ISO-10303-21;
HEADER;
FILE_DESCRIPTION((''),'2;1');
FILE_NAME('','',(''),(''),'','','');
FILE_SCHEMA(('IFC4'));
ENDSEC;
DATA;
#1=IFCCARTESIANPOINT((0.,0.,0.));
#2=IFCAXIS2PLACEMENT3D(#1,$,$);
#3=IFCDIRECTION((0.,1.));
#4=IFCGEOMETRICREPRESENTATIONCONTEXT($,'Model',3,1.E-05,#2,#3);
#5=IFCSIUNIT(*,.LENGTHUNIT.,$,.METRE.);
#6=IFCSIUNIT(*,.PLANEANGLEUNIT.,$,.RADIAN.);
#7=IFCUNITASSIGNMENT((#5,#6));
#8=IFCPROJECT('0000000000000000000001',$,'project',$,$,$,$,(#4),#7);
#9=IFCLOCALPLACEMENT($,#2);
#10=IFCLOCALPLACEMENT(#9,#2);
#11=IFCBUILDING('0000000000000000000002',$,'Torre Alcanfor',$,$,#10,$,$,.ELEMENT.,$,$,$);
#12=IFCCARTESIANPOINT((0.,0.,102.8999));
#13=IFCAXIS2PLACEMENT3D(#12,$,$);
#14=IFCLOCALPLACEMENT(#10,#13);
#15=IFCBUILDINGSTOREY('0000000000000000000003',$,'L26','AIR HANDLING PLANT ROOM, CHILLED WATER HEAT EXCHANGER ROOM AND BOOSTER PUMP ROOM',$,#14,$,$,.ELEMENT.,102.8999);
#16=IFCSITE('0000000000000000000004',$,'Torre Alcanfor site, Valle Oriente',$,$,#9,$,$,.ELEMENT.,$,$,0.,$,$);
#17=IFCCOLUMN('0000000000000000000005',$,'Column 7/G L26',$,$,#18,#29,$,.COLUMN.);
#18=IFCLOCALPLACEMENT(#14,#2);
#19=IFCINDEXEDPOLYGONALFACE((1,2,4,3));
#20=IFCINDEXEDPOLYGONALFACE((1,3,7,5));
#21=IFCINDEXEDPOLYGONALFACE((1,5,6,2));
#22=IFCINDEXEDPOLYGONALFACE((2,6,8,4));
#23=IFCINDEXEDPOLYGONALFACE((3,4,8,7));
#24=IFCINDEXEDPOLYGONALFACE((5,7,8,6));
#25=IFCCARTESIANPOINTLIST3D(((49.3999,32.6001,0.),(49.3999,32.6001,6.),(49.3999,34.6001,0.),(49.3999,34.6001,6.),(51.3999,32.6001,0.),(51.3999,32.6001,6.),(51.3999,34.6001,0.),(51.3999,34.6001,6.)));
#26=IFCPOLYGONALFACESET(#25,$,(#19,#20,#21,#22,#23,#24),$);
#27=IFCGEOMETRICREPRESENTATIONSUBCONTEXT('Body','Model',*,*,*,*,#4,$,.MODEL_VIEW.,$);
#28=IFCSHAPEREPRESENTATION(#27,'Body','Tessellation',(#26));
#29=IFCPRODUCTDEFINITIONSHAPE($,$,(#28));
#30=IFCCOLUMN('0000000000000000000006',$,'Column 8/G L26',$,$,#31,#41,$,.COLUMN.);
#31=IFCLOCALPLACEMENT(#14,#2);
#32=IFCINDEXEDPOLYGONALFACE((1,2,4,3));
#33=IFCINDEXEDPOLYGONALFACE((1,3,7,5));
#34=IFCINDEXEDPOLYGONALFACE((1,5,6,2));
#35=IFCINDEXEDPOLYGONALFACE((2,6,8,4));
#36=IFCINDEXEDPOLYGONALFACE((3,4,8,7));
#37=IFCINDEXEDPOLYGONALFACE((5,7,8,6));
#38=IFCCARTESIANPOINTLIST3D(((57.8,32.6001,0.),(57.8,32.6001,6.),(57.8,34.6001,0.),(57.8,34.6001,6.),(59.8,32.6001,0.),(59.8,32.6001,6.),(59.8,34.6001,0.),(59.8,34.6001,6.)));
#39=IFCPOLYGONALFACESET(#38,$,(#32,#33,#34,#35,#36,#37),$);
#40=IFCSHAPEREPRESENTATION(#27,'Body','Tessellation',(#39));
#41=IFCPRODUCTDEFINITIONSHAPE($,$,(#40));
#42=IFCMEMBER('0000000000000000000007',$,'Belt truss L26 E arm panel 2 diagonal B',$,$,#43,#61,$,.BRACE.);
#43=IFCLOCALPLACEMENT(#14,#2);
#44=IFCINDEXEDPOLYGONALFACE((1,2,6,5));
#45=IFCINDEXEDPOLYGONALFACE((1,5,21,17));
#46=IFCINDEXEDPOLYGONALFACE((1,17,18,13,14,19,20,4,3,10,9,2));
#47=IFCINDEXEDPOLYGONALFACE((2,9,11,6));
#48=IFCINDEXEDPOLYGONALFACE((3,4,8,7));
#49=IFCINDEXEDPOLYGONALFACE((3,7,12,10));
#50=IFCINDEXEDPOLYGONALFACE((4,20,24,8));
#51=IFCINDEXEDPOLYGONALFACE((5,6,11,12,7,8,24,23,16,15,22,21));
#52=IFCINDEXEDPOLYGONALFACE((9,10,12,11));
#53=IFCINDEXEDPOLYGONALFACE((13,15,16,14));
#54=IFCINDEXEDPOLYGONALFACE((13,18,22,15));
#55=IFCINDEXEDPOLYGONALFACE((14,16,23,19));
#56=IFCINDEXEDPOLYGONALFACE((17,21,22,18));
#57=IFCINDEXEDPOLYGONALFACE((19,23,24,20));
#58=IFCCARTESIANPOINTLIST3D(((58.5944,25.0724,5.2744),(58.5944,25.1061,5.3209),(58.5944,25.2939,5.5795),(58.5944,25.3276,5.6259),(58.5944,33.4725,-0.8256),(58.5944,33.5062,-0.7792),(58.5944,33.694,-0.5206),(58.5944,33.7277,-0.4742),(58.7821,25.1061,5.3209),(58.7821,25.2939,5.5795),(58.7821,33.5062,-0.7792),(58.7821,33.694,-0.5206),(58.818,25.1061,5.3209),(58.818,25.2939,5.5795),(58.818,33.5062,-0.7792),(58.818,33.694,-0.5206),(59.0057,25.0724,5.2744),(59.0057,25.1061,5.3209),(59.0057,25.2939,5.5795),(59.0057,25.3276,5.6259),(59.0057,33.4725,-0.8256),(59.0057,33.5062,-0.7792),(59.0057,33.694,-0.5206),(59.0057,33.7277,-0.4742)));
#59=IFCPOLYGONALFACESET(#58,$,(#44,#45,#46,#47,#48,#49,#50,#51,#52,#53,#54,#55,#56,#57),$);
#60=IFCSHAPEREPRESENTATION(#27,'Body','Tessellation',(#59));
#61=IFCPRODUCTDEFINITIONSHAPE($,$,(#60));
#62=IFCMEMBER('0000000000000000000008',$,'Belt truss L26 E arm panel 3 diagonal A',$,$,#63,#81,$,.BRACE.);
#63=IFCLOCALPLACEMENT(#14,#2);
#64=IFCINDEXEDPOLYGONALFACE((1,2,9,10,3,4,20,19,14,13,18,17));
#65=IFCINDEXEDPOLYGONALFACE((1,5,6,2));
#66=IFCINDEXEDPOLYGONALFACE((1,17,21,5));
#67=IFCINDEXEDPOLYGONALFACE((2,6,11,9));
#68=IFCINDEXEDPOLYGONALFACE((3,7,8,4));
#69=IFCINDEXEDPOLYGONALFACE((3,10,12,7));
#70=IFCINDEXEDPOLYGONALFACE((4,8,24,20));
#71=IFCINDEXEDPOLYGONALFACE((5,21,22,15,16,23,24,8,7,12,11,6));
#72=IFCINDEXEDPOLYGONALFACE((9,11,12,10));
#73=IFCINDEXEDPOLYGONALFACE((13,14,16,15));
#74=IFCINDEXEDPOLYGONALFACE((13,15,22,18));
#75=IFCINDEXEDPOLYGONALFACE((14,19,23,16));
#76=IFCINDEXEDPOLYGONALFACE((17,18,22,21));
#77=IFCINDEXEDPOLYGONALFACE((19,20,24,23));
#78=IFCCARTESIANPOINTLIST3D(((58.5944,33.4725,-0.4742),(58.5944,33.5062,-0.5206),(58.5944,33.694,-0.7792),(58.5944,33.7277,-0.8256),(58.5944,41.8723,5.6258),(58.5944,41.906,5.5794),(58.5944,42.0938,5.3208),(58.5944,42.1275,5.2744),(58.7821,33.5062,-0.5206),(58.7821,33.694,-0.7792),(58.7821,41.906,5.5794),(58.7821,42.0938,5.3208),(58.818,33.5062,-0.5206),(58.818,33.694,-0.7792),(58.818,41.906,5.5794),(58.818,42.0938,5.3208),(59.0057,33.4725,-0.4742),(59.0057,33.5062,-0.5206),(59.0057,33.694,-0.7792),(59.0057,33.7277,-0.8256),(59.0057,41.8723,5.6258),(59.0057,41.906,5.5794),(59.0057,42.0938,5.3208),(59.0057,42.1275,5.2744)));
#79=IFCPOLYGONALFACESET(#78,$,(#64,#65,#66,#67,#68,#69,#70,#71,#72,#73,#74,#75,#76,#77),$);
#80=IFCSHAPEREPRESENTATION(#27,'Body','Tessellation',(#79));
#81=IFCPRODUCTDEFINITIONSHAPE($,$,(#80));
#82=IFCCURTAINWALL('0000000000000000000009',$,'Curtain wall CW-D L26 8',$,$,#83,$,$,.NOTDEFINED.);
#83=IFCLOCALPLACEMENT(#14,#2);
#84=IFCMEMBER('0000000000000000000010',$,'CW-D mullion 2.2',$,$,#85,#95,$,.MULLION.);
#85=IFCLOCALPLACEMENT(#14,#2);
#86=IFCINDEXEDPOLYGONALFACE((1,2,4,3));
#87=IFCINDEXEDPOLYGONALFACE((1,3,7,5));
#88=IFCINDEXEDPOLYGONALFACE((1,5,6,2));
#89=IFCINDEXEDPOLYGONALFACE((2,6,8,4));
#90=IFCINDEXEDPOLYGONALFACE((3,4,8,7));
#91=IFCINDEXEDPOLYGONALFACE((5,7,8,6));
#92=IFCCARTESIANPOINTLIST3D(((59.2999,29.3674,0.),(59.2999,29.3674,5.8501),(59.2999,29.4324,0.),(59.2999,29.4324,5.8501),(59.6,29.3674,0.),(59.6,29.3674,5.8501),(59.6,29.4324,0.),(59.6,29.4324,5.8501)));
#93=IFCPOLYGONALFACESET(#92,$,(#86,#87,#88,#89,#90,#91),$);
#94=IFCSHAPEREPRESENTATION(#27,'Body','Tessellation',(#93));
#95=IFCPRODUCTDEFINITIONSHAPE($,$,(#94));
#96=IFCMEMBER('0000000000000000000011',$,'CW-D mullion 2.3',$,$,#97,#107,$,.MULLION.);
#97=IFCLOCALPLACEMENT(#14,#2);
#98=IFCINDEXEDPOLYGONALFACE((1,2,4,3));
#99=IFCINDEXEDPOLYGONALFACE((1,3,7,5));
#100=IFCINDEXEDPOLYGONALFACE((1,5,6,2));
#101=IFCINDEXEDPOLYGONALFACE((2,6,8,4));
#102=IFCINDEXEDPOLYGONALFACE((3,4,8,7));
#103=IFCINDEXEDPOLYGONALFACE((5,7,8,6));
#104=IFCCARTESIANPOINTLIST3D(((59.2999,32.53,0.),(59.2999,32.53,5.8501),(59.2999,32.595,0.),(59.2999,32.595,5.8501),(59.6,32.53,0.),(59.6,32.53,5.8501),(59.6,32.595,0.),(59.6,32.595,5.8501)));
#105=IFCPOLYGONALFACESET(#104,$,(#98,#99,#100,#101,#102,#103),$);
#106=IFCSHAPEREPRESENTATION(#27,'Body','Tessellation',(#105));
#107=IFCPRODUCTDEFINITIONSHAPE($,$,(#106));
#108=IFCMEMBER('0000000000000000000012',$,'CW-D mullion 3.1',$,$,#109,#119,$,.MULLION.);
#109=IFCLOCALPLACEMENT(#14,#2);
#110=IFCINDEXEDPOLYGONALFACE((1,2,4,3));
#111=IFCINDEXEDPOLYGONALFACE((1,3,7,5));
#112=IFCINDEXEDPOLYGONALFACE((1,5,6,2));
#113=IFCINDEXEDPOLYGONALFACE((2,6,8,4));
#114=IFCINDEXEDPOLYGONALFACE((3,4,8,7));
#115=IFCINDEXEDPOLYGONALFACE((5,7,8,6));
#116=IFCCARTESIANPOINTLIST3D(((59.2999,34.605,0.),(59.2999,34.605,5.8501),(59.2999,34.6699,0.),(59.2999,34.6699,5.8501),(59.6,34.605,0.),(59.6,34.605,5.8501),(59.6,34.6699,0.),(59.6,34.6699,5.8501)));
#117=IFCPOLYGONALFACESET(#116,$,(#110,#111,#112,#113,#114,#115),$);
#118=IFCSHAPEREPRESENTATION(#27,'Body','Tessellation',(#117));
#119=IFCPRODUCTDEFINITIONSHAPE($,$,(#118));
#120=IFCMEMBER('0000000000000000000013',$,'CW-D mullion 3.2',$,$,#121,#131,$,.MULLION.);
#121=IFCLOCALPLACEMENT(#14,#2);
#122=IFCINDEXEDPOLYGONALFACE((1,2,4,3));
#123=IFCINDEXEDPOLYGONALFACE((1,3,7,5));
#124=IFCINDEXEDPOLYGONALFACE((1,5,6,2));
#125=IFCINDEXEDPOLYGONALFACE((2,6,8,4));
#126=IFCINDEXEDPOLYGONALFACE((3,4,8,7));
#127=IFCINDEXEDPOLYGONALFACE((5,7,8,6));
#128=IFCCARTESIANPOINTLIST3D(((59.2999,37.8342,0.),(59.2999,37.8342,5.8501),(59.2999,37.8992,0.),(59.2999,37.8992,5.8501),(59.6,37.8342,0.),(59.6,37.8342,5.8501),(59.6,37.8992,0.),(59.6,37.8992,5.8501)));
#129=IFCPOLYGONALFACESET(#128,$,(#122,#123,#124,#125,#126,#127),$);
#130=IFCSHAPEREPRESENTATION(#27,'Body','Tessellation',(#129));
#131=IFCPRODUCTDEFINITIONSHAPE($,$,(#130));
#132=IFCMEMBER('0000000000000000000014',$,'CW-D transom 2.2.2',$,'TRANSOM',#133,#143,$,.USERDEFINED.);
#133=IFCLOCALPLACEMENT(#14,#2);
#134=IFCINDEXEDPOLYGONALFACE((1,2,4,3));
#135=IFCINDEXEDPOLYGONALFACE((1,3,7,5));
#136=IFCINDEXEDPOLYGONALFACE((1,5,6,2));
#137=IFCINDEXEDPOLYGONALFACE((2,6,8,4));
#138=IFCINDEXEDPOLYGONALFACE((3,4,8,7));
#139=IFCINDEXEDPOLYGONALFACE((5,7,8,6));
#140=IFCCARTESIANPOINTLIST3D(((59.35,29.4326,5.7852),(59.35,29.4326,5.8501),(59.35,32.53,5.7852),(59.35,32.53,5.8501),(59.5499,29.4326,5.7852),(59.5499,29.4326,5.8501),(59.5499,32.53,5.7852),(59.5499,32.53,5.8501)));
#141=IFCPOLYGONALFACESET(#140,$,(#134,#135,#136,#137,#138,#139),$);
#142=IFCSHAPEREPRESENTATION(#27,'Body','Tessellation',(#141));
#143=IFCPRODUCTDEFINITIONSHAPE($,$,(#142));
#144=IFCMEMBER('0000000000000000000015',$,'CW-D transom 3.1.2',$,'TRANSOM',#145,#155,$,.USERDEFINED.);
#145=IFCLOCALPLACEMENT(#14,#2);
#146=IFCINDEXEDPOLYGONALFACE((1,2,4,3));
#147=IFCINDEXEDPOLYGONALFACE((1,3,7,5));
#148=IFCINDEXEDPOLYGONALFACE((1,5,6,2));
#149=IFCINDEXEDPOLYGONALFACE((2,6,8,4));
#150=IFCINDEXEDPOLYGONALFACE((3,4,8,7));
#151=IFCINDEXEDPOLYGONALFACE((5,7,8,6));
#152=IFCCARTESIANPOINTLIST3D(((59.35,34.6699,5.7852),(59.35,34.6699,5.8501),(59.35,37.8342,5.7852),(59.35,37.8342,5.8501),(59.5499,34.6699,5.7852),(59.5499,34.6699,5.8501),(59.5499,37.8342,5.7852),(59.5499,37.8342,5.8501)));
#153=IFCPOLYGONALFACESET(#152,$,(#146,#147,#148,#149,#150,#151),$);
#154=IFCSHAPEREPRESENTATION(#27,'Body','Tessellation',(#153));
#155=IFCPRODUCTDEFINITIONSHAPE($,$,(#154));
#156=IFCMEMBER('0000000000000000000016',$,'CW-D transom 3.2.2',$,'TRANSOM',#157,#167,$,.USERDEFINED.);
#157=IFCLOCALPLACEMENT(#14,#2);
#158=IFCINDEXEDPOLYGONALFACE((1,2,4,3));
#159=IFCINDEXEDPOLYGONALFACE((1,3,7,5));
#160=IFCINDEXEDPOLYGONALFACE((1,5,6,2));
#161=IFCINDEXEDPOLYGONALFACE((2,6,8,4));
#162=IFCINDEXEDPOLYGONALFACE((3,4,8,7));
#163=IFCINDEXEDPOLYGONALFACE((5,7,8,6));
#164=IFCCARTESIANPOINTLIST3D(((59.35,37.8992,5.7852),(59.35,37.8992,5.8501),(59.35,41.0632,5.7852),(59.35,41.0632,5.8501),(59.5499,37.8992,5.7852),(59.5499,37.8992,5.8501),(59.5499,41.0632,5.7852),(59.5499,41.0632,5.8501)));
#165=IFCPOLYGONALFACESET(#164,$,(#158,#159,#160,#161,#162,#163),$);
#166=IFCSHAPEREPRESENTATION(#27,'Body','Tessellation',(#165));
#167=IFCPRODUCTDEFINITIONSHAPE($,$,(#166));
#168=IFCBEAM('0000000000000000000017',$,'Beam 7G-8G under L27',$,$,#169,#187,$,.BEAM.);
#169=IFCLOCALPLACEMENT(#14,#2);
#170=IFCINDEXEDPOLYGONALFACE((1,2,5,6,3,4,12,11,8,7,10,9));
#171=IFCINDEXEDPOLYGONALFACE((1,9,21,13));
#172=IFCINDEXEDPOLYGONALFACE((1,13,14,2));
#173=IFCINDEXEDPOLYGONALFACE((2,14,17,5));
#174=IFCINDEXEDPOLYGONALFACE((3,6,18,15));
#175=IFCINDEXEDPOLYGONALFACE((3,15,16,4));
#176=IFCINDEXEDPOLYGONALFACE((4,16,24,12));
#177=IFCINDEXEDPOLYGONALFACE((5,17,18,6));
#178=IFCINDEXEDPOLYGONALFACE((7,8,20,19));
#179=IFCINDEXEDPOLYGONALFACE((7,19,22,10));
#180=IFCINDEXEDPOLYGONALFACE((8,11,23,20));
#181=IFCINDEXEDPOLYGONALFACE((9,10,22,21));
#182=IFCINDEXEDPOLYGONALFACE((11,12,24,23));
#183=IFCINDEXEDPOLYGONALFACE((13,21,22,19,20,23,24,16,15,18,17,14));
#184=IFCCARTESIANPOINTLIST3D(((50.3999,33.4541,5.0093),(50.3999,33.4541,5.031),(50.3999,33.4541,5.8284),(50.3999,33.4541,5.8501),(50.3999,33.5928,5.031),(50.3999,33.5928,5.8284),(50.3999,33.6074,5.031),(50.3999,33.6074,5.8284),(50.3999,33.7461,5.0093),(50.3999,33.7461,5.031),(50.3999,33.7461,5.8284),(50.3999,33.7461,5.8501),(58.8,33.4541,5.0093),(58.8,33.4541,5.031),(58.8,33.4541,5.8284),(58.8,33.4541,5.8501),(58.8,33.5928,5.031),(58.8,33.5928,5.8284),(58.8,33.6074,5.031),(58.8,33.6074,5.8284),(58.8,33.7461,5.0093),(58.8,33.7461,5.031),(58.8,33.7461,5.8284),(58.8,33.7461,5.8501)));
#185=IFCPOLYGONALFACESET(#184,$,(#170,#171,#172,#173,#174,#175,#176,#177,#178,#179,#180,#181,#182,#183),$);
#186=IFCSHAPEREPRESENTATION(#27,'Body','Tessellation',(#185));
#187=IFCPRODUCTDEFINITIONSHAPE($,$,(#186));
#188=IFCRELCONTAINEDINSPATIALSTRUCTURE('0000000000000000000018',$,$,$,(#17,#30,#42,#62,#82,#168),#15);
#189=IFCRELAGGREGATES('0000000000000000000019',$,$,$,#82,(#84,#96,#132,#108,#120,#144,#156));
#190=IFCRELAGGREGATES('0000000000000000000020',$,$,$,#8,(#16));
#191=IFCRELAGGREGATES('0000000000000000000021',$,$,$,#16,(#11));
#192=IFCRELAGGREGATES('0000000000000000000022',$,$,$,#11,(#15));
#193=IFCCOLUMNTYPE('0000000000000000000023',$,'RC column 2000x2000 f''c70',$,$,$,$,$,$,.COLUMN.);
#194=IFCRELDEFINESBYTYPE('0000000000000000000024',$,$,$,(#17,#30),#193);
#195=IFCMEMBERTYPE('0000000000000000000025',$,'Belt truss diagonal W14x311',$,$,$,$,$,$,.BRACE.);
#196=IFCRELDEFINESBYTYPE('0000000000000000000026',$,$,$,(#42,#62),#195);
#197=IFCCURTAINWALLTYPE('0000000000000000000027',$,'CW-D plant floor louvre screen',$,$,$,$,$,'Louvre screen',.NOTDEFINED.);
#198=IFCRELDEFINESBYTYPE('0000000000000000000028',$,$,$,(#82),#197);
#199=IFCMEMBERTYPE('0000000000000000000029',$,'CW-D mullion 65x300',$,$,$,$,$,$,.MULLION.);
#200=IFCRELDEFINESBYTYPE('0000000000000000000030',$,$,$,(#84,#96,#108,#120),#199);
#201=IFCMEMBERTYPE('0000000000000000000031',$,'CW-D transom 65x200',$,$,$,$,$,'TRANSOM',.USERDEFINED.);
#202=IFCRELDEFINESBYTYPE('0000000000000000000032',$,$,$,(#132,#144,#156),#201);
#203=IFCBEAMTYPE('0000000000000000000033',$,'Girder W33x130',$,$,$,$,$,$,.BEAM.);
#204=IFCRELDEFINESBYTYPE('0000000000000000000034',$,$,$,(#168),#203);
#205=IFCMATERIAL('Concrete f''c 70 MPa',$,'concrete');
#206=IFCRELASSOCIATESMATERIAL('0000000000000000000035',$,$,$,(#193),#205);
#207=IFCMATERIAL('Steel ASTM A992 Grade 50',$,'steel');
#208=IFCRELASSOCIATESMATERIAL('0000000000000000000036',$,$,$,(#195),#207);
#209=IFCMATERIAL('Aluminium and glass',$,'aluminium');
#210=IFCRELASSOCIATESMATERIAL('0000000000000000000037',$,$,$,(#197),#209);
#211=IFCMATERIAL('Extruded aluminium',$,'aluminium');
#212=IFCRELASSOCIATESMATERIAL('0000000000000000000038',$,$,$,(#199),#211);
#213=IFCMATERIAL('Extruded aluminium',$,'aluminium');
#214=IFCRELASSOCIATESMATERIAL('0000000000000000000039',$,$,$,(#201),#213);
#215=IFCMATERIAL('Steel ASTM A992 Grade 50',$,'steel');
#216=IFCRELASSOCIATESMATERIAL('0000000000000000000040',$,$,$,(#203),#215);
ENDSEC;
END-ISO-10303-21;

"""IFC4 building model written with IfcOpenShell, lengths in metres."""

from ifc_helpers import new_model, si_unit, direction, frame, origin, origin_2d, place, context, subcontext, project, spatial, rectangle, i_section, extrude, material, material_profile, profile_set, type_object, element, aggregate, save


model = new_model("IFC4")

# Units and contexts
model_context = context("Model", 3, precision=1e-05, world=origin(), true_north=direction((0.0, 1.0)))
body_context = subcontext(model_context, "Body", "Model", "MODEL_VIEW")
ifc_project = project(units=[si_unit("LENGTHUNIT", "METRE"), si_unit("PLANEANGLEUNIT", "RADIAN")], contexts=[model_context])

# Site, building, storey
site_placement = place(None, origin())
site = spatial("IfcSite", under=ifc_project, at=site_placement, Name="Torre Alcanfor site, Valle Oriente", CompositionType="ELEMENT", RefElevation=0.0)
building_placement = place(site_placement, origin())
building = spatial("IfcBuilding", under=site, at=building_placement, Name="Torre Alcanfor", CompositionType="ELEMENT")
storey_placement = place(building_placement, frame((0.0, 0.0, 102.8999)))
storey = spatial("IfcBuildingStorey", under=building, at=storey_placement, Name="L26", Description="AIR HANDLING PLANT ROOM, CHILLED WATER HEAT EXCHANGER ROOM AND BOOSTER PUMP ROOM", CompositionType="ELEMENT", Elevation=102.8999)

# Columns
ifc_material_1 = material(Name="Concrete f'c 70 MPa", Category="concrete")
ifc_material_profile_1 = material_profile(ifc_material_1, rectangle(XDim=2.0, YDim=2.0, at=origin_2d()), Name="2000x2000")
ifc_profile_set_1 = profile_set([ifc_material_profile_1], Name="Concrete f'c 70 MPa")
column_type = type_object("IfcColumnType", Name="RC column 2000x2000 f'c70", PredefinedType="COLUMN", material=ifc_profile_set_1)
for number, where, z_axis, x_axis, name in (
    (1, (50.3999, 33.6001, 0.0), (0.0, 0.0, 1.0), (1.0, 0.0, 0.0), "Column 7/G L26"),
    (2, (58.8, 33.6001, 0.0), (0.0, 0.0, 1.0), (1.0, 0.0, 0.0), "Column 8/G L26"),
):
    element("IfcColumn", number, at=place(storey_placement, frame(where, z_axis=z_axis, x_axis=x_axis)), inside=storey, type_object=column_type, Name=name, PredefinedType="COLUMN", context=body_context, shape_type="SweptSolid", body=[
        extrude(rectangle(XDim=2.0, YDim=2.0, at=origin_2d()), origin(), (0.0, 0.0, 1.0), 6.0),
    ])

# Members
ifc_material_2 = material(Name="Steel ASTM A992 Grade 50", Category="steel")
ifc_material_profile_2 = material_profile(ifc_material_2, i_section(OverallWidth=0.4114, OverallDepth=0.4343, WebThickness=0.0359, FlangeThickness=0.0574, at=origin_2d()), Name="W14x311")
ifc_profile_set_2 = profile_set([ifc_material_profile_2], Name="Steel ASTM A992 Grade 50")
member_type_1 = type_object("IfcMemberType", Name="Belt truss diagonal W14x311", PredefinedType="BRACE", material=ifc_profile_set_2)
member_1_placement = place(storey_placement, frame((58.8, 33.6001, -0.6499), z_axis=(0.0, -0.809153, 0.587598), x_axis=(1.0, 0.0, 0.0)))
element("IfcMember", 3, at=member_1_placement, inside=storey, type_object=member_type_1, Name="Belt truss L26 E arm panel 2 diagonal B", PredefinedType="BRACE", context=body_context, shape_type="SweptSolid", body=[
    extrude(i_section(OverallWidth=0.4114, OverallDepth=0.4343, WebThickness=0.0359, FlangeThickness=0.0574, at=origin_2d()), origin(), (0.0, 0.0, 1.0), 10.3813),
])
member_2_placement = place(storey_placement, frame((58.8, 33.6001, -0.6499), z_axis=(0.0, 0.809145, 0.587609), x_axis=(-1.0, 0.0, 0.0)))
element("IfcMember", 4, at=member_2_placement, inside=storey, type_object=member_type_1, Name="Belt truss L26 E arm panel 3 diagonal A", PredefinedType="BRACE", context=body_context, shape_type="SweptSolid", body=[
    extrude(i_section(OverallWidth=0.4114, OverallDepth=0.4343, WebThickness=0.0359, FlangeThickness=0.0574, at=origin_2d()), origin(), (0.0, 0.0, 1.0), 10.3811),
])

# Curtain wall, members
ifc_material_3 = material(Name="Aluminium and glass", Category="aluminium")
curtain_wall_type = type_object("IfcCurtainWallType", Name="CW-D plant floor louvre screen", ElementType="Louvre screen", PredefinedType="NOTDEFINED", material=ifc_material_3)
curtain_wall_placement = place(storey_placement, origin())
curtain_wall = element("IfcCurtainWall", 5, at=curtain_wall_placement, inside=storey, type_object=curtain_wall_type, Name="Curtain wall CW-D L26 8", PredefinedType="NOTDEFINED")
ifc_material_4 = material(Name="Extruded aluminium", Category="aluminium")
ifc_material_profile_3 = material_profile(ifc_material_4, rectangle(XDim=0.3, YDim=0.0649, at=origin_2d()), Name="CW-D mullion 65x300")
ifc_profile_set_3 = profile_set([ifc_material_profile_3], Name="Extruded aluminium")
member_type_2 = type_object("IfcMemberType", Name="CW-D mullion 65x300", PredefinedType="MULLION", material=ifc_profile_set_3)
member_3_placement = place(storey_placement, frame((59.45, 29.3999, 0.0), z_axis=(0.0, 0.0, 1.0), x_axis=(-1.0, 0.0, 0.0)))
member_3 = element("IfcMember", 6, at=member_3_placement, type_object=member_type_2, Name="CW-D mullion 2.2", PredefinedType="MULLION", context=body_context, shape_type="SweptSolid", body=[
    extrude(rectangle(XDim=0.3, YDim=0.0649, at=origin_2d()), origin(), (0.0, 0.0, 1.0), 5.8501),
])
member_4_placement = place(storey_placement, frame((59.45, 32.5625, 0.0), z_axis=(0.0, 0.0, 1.0), x_axis=(-1.0, 0.0, 0.0)))
member_4 = element("IfcMember", 7, at=member_4_placement, type_object=member_type_2, Name="CW-D mullion 2.3", PredefinedType="MULLION", context=body_context, shape_type="SweptSolid", body=[
    extrude(rectangle(XDim=0.3, YDim=0.0649, at=origin_2d()), origin(), (0.0, 0.0, 1.0), 5.8501),
])
member_5_placement = place(storey_placement, frame((59.45, 34.6375, 0.0), z_axis=(0.0, 0.0, 1.0), x_axis=(-1.0, 0.0, 0.0)))
member_5 = element("IfcMember", 8, at=member_5_placement, type_object=member_type_2, Name="CW-D mullion 3.1", PredefinedType="MULLION", context=body_context, shape_type="SweptSolid", body=[
    extrude(rectangle(XDim=0.3, YDim=0.0649, at=origin_2d()), origin(), (0.0, 0.0, 1.0), 5.8501),
])
member_6_placement = place(storey_placement, frame((59.45, 37.8667, 0.0), z_axis=(0.0, 0.0, 1.0), x_axis=(-1.0, 0.0, 0.0)))
member_6 = element("IfcMember", 9, at=member_6_placement, type_object=member_type_2, Name="CW-D mullion 3.2", PredefinedType="MULLION", context=body_context, shape_type="SweptSolid", body=[
    extrude(rectangle(XDim=0.3, YDim=0.0649, at=origin_2d()), origin(), (0.0, 0.0, 1.0), 5.8501),
])
ifc_material_5 = material(Name="Extruded aluminium", Category="aluminium")
ifc_material_profile_4 = material_profile(ifc_material_5, rectangle(XDim=0.2, YDim=0.0649, at=origin_2d()), Name="CW-D transom 200x65")
ifc_profile_set_4 = profile_set([ifc_material_profile_4], Name="Extruded aluminium")
member_type_3 = type_object("IfcMemberType", Name="CW-D transom 65x200", ElementType="TRANSOM", PredefinedType="USERDEFINED", material=ifc_profile_set_4)
member_7_placement = place(storey_placement, frame((59.45, 29.4326, 5.8176), z_axis=(0.0, 1.0, 0.0), x_axis=(-1.0, 0.0, 0.0)))
member_7 = element("IfcMember", 10, at=member_7_placement, type_object=member_type_3, Name="CW-D transom 2.2.2", ObjectType="TRANSOM", PredefinedType="USERDEFINED", context=body_context, shape_type="SweptSolid", body=[
    extrude(rectangle(XDim=0.2, YDim=0.0649, at=origin_2d()), origin(), (0.0, 0.0, 1.0), 3.0974),
])
member_8_placement = place(storey_placement, frame((59.45, 34.6699, 5.8176), z_axis=(0.0, 1.0, 0.0), x_axis=(-1.0, 0.0, 0.0)))
member_8 = element("IfcMember", 11, at=member_8_placement, type_object=member_type_3, Name="CW-D transom 3.1.2", ObjectType="TRANSOM", PredefinedType="USERDEFINED", context=body_context, shape_type="SweptSolid", body=[
    extrude(rectangle(XDim=0.2, YDim=0.0649, at=origin_2d()), origin(), (0.0, 0.0, 1.0), 3.1643),
])
member_9_placement = place(storey_placement, frame((59.45, 37.8992, 5.8176), z_axis=(0.0, 1.0, 0.0), x_axis=(-1.0, 0.0, 0.0)))
member_9 = element("IfcMember", 12, at=member_9_placement, type_object=member_type_3, Name="CW-D transom 3.2.2", ObjectType="TRANSOM", PredefinedType="USERDEFINED", context=body_context, shape_type="SweptSolid", body=[
    extrude(rectangle(XDim=0.2, YDim=0.0649, at=origin_2d()), origin(), (0.0, 0.0, 1.0), 3.1641),
])

# Beam
ifc_material_6 = material(Name="Steel ASTM A992 Grade 50", Category="steel")
ifc_material_profile_5 = material_profile(ifc_material_6, i_section(OverallWidth=0.292, OverallDepth=0.8408, WebThickness=0.0146, FlangeThickness=0.0217, at=origin_2d()), Name="W33x130")
ifc_profile_set_5 = profile_set([ifc_material_profile_5], Name="Steel ASTM A992 Grade 50")
beam_type_1 = type_object("IfcBeamType", Name="Girder W33x130", PredefinedType="BEAM", material=ifc_profile_set_5)
beam_1_placement = place(storey_placement, frame((50.3999, 33.6001, 5.4297), z_axis=(1.0, 0.0, 0.0), x_axis=(0.0, 1.0, 0.0)))
element("IfcBeam", 13, at=beam_1_placement, inside=storey, type_object=beam_type_1, Name="Beam 7G-8G under L27", PredefinedType="BEAM", context=body_context, shape_type="SweptSolid", body=[
    extrude(i_section(OverallWidth=0.292, OverallDepth=0.8408, WebThickness=0.0146, FlangeThickness=0.0217, at=origin_2d()), origin(), (0.0, 0.0, 1.0), 8.4001),
])

aggregate(curtain_wall, [member_3, member_4, member_7, member_5, member_6, member_8, member_9])

save(model, "model.ifc")
